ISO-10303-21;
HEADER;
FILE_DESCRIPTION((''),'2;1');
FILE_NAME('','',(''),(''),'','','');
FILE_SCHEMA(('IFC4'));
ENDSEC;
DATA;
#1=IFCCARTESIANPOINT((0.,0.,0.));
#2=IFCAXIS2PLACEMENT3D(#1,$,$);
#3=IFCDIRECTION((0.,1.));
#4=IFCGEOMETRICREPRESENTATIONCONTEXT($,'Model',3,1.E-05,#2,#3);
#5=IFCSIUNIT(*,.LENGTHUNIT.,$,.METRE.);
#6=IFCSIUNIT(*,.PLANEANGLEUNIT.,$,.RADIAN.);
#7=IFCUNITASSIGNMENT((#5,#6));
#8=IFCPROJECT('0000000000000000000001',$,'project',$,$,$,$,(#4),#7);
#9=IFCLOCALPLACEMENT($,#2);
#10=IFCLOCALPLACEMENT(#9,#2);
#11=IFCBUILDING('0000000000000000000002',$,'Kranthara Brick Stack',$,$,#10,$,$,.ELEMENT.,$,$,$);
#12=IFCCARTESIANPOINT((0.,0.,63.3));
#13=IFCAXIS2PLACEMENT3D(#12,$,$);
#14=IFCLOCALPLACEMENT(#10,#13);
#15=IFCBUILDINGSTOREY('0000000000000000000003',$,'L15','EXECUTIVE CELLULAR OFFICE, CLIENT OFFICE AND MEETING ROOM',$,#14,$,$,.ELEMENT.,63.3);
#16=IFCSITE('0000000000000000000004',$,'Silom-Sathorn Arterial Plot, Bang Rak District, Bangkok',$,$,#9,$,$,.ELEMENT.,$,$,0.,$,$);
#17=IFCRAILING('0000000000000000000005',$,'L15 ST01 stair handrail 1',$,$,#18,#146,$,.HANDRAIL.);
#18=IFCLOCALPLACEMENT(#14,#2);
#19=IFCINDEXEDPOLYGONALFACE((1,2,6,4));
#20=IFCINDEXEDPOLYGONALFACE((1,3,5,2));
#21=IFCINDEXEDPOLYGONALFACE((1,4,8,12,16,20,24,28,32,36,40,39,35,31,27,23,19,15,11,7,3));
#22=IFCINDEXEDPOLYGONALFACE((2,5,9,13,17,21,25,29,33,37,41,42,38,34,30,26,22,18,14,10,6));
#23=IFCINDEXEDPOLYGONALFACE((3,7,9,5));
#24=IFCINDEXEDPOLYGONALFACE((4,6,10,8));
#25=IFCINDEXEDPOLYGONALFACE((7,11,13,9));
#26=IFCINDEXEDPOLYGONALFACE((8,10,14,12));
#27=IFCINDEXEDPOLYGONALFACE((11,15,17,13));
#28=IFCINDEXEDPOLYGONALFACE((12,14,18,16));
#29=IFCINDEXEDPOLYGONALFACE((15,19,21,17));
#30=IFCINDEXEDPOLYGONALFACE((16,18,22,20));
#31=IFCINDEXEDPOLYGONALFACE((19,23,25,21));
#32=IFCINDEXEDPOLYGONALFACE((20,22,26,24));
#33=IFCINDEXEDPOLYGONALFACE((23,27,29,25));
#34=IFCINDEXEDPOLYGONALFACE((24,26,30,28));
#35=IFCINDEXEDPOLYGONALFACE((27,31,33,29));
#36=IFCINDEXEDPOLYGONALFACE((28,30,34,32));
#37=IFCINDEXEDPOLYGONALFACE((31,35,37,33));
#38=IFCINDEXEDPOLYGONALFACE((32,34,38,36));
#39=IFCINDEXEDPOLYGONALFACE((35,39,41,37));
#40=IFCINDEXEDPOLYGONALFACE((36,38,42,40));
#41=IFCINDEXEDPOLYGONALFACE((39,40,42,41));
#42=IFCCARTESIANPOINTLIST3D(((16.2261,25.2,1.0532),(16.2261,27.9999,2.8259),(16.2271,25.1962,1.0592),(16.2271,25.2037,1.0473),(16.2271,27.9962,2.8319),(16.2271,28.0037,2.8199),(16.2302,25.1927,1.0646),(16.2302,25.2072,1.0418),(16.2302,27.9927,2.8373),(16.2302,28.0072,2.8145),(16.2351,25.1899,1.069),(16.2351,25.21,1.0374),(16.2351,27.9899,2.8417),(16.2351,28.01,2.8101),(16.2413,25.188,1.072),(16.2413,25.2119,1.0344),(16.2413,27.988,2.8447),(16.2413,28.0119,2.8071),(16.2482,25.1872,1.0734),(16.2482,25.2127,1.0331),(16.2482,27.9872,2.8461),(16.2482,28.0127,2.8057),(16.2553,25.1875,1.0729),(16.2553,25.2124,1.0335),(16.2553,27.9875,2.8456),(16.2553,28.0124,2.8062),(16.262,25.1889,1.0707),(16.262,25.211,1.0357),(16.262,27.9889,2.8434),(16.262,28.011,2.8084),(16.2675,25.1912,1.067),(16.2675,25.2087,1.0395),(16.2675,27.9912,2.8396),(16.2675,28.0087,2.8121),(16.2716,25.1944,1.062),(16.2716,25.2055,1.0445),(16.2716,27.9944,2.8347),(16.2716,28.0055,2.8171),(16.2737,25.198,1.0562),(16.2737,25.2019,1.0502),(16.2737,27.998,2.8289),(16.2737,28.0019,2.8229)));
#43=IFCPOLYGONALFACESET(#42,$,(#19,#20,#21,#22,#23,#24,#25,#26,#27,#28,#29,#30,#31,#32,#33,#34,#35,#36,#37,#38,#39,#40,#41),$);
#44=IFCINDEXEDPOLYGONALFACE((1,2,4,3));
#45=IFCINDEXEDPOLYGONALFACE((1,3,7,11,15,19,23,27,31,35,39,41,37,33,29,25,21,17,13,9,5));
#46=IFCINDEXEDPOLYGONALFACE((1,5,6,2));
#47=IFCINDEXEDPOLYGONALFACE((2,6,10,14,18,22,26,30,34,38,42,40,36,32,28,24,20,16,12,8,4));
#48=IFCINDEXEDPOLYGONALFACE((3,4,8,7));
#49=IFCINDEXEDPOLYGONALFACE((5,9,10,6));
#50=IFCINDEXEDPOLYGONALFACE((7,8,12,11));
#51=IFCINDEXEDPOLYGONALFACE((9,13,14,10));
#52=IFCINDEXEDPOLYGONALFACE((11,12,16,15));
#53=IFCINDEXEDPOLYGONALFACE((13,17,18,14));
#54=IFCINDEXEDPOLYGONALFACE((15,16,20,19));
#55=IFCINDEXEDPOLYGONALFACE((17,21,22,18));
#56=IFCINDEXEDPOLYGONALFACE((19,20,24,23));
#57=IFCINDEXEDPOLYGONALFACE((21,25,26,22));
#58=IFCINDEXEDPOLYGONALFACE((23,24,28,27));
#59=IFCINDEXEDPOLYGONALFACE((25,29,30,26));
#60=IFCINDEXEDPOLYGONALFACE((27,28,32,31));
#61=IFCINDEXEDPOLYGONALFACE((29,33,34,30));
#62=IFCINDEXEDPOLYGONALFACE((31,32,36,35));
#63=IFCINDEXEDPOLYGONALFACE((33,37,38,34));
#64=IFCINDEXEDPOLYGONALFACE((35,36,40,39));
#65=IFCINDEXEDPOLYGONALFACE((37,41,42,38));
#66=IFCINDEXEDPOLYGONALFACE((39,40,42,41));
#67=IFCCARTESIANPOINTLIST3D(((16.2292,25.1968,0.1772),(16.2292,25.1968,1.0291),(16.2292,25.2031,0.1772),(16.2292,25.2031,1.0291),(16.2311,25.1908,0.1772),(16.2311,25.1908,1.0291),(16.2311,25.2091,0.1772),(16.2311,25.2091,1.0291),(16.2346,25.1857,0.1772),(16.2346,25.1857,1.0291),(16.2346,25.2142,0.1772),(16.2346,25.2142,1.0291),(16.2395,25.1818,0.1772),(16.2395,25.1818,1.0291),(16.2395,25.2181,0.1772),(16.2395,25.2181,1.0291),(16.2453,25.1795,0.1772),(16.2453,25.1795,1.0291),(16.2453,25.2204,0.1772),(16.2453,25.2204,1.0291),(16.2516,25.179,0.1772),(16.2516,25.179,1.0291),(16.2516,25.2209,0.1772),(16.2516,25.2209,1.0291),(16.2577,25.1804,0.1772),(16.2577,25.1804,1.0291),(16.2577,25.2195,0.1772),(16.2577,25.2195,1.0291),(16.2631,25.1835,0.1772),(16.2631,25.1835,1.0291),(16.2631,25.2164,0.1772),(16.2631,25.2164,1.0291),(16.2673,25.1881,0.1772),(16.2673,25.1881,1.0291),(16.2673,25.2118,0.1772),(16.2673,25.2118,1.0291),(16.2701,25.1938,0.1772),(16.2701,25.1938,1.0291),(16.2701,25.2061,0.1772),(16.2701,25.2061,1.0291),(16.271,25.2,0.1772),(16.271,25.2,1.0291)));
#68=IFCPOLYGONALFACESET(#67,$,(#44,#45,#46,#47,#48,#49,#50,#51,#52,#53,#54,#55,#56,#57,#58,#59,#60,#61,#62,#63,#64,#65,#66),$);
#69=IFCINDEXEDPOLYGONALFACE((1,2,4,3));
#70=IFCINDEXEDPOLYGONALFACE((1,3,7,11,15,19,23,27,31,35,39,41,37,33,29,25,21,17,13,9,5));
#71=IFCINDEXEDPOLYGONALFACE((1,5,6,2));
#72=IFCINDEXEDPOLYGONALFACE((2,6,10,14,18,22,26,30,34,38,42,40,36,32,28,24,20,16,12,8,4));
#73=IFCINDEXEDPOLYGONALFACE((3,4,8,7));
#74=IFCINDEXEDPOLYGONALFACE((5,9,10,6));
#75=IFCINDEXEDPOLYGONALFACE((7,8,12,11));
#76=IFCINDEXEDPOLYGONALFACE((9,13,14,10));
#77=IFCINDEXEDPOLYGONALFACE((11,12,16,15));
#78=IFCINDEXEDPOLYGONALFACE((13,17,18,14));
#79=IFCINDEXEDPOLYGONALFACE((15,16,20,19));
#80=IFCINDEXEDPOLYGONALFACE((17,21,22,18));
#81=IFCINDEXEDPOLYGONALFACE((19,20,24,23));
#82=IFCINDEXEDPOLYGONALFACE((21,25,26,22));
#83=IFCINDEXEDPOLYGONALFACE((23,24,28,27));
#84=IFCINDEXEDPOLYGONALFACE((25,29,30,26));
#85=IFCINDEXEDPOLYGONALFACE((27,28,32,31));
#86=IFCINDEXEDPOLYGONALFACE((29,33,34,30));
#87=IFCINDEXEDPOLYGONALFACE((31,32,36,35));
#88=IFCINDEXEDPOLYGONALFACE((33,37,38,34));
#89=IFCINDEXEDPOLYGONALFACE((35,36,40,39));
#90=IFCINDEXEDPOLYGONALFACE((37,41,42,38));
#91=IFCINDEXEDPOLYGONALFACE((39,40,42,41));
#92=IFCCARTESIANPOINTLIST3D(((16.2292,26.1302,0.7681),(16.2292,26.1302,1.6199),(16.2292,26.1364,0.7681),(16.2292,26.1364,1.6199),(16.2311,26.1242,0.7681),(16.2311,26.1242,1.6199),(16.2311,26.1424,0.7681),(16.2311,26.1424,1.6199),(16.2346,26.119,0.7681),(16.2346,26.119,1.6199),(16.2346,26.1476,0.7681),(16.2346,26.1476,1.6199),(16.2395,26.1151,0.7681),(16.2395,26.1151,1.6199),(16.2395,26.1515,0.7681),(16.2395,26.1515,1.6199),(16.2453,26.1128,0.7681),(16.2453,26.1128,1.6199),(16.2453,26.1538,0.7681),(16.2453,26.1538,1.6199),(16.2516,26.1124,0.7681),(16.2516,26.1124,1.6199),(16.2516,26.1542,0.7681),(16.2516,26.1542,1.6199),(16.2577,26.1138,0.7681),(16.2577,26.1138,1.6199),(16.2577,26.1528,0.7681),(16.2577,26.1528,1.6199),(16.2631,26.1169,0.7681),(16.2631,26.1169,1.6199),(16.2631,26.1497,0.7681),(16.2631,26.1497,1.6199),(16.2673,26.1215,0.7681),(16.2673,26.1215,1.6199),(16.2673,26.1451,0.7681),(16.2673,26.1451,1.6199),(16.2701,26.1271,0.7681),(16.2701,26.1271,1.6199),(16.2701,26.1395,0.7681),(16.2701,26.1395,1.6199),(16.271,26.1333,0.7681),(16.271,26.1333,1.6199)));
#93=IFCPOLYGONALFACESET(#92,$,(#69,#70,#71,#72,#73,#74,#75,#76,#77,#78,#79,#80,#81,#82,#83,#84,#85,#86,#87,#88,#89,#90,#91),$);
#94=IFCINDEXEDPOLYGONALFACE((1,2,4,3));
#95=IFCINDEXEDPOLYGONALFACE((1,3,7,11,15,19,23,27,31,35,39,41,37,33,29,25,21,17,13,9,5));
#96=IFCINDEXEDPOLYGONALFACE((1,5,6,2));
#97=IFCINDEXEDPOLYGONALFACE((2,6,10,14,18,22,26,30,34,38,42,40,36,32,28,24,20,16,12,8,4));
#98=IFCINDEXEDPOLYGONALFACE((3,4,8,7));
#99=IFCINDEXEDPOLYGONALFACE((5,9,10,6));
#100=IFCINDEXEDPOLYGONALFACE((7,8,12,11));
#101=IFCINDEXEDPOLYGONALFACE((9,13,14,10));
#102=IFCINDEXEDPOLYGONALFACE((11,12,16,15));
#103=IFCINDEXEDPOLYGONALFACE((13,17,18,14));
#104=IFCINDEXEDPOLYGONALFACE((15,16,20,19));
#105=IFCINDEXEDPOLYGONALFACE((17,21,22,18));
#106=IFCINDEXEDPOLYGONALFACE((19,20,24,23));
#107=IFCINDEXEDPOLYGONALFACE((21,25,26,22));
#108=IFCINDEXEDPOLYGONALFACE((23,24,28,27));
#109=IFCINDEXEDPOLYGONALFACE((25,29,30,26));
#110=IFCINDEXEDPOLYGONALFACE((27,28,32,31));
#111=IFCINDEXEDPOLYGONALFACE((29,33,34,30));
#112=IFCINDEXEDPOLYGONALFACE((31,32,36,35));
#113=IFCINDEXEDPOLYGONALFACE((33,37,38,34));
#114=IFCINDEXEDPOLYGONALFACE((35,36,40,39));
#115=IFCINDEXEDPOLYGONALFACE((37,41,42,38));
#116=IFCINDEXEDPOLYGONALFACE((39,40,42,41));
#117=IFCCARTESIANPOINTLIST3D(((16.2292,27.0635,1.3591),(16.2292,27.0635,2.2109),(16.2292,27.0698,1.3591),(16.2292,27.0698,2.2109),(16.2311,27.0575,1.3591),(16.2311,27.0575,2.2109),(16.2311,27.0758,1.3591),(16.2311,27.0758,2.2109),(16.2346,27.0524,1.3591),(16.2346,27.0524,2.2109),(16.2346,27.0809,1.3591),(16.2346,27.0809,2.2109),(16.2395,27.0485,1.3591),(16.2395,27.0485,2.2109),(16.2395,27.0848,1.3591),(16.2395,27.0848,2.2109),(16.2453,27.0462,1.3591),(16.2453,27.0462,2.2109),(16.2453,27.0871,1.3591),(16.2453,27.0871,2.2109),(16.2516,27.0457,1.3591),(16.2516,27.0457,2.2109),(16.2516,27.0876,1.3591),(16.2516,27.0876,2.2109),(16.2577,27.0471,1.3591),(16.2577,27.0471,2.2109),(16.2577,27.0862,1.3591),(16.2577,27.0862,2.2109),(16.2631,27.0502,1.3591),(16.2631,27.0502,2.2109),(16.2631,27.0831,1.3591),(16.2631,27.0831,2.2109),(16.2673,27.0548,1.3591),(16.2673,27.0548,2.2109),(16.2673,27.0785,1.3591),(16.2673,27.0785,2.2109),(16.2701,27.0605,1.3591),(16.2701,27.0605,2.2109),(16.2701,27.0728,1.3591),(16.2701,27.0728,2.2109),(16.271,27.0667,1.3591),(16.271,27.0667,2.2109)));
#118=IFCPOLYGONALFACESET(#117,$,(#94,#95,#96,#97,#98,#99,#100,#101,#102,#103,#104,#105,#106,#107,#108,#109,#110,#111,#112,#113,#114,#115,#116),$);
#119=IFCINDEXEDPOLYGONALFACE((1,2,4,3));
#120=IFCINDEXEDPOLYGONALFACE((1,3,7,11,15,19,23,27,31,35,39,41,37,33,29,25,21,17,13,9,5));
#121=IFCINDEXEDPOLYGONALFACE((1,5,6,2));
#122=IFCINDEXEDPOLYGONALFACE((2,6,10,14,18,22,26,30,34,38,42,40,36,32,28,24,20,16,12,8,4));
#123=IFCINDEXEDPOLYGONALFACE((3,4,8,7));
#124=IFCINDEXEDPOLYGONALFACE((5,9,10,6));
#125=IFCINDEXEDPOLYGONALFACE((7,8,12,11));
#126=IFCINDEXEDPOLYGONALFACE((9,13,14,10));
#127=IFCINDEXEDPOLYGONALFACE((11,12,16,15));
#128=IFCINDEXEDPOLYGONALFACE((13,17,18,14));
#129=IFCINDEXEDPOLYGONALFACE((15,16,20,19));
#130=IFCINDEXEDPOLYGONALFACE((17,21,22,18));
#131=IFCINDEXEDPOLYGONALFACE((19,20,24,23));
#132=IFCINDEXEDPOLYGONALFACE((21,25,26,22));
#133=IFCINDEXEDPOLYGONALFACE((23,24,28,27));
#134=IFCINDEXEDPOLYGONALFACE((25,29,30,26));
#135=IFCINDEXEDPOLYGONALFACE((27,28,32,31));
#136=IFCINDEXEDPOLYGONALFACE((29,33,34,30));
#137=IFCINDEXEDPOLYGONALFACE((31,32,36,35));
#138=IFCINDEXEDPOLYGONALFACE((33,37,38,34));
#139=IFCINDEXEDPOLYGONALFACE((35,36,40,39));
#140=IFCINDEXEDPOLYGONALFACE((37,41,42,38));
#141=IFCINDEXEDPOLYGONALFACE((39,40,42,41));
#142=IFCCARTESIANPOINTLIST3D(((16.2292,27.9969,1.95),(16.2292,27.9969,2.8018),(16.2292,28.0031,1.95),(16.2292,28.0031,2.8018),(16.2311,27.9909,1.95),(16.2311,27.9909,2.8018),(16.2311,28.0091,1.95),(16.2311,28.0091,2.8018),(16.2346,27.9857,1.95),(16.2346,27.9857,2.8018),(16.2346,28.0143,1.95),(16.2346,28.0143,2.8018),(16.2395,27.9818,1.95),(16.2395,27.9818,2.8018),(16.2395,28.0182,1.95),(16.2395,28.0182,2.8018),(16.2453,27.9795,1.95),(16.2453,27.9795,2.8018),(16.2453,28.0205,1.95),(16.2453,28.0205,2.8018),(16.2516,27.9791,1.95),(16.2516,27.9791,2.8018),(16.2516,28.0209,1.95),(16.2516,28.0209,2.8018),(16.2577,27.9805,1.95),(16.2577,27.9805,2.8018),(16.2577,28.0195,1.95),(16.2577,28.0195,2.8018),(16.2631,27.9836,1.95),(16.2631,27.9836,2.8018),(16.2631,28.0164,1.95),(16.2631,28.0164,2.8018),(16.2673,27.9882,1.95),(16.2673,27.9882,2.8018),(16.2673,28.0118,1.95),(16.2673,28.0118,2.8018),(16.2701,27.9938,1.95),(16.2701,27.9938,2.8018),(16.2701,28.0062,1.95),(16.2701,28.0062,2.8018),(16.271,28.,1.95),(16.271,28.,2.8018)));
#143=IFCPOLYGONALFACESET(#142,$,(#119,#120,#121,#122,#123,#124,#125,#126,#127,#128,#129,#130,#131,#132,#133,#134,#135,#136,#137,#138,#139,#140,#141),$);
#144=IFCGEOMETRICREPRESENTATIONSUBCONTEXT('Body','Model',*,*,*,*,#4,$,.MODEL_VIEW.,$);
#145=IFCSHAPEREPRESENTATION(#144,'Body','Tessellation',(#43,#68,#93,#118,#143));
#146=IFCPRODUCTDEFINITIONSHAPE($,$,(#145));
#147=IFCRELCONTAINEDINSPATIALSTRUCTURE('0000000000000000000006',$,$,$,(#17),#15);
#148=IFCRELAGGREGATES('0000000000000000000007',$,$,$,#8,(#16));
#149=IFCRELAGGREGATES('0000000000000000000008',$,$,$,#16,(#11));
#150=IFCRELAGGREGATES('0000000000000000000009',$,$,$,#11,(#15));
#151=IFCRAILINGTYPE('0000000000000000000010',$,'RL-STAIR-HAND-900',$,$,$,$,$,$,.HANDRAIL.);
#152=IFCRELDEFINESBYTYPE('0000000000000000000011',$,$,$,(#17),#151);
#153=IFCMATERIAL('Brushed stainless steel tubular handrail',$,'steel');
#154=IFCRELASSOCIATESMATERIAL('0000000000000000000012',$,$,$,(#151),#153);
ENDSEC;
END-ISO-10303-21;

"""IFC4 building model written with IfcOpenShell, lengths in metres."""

from ifc_helpers import new_model, si_unit, direction, frame, origin, origin_2d, place, context, subcontext, project, spatial, circle, extrude, material, type_object, element, save


model = new_model("IFC4")

# Units and contexts
model_context = context("Model", 3, precision=1e-05, world=origin(), true_north=direction((0.0, 1.0)))
body_context = subcontext(model_context, "Body", "Model", "MODEL_VIEW")
ifc_project = project(units=[si_unit("LENGTHUNIT", "METRE"), si_unit("PLANEANGLEUNIT", "RADIAN")], contexts=[model_context])

# Site, building, storey
site_placement = place(None, origin())
site = spatial("IfcSite", under=ifc_project, at=site_placement, Name="Silom-Sathorn Arterial Plot, Bang Rak District, Bangkok", CompositionType="ELEMENT", RefElevation=0.0)
building_placement = place(site_placement, origin())
building = spatial("IfcBuilding", under=site, at=building_placement, Name="Kranthara Brick Stack", CompositionType="ELEMENT")
storey_placement = place(building_placement, frame((0.0, 0.0, 63.3)))
storey = spatial("IfcBuildingStorey", under=building, at=storey_placement, Name="L15", Description="EXECUTIVE CELLULAR OFFICE, CLIENT OFFICE AND MEETING ROOM", CompositionType="ELEMENT", Elevation=63.3)

# Railing
ifc_material_1 = material(Name="Brushed stainless steel tubular handrail", Category="steel")
railing_type_1 = type_object("IfcRailingType", Name="RL-STAIR-HAND-900", PredefinedType="HANDRAIL", material=ifc_material_1)
railing_1_placement = place(storey_placement, frame((16.25, 25.2, 0.1772)))
element("IfcRailing", 1, at=railing_1_placement, inside=storey, type_object=railing_type_1, Name="L15 ST01 stair handrail 1", PredefinedType="HANDRAIL", context=body_context, shape_type="SweptSolid", body=[
    extrude(circle(Radius=0.0239, at=origin_2d()), frame((0.0, 0.0, 0.876), z_axis=(0.0, 0.844909, 0.53491), x_axis=(-1.0, 0.0, 0.0)), (0.0, 0.0, 1.0), 3.314),
    extrude(circle(Radius=0.021, at=origin_2d()), origin(), (0.0, 0.0, 1.0), 0.8518),
    extrude(circle(Radius=0.021, at=origin_2d()), frame((0.0, 0.9333, 0.5908)), (0.0, 0.0, 1.0), 0.8518),
    extrude(circle(Radius=0.021, at=origin_2d()), frame((0.0, 1.8667, 1.1819)), (0.0, 0.0, 1.0), 0.8518),
    extrude(circle(Radius=0.021, at=origin_2d()), frame((0.0, 2.8, 1.7727)), (0.0, 0.0, 1.0), 0.8518),
])

save(model, "model.ifc")
